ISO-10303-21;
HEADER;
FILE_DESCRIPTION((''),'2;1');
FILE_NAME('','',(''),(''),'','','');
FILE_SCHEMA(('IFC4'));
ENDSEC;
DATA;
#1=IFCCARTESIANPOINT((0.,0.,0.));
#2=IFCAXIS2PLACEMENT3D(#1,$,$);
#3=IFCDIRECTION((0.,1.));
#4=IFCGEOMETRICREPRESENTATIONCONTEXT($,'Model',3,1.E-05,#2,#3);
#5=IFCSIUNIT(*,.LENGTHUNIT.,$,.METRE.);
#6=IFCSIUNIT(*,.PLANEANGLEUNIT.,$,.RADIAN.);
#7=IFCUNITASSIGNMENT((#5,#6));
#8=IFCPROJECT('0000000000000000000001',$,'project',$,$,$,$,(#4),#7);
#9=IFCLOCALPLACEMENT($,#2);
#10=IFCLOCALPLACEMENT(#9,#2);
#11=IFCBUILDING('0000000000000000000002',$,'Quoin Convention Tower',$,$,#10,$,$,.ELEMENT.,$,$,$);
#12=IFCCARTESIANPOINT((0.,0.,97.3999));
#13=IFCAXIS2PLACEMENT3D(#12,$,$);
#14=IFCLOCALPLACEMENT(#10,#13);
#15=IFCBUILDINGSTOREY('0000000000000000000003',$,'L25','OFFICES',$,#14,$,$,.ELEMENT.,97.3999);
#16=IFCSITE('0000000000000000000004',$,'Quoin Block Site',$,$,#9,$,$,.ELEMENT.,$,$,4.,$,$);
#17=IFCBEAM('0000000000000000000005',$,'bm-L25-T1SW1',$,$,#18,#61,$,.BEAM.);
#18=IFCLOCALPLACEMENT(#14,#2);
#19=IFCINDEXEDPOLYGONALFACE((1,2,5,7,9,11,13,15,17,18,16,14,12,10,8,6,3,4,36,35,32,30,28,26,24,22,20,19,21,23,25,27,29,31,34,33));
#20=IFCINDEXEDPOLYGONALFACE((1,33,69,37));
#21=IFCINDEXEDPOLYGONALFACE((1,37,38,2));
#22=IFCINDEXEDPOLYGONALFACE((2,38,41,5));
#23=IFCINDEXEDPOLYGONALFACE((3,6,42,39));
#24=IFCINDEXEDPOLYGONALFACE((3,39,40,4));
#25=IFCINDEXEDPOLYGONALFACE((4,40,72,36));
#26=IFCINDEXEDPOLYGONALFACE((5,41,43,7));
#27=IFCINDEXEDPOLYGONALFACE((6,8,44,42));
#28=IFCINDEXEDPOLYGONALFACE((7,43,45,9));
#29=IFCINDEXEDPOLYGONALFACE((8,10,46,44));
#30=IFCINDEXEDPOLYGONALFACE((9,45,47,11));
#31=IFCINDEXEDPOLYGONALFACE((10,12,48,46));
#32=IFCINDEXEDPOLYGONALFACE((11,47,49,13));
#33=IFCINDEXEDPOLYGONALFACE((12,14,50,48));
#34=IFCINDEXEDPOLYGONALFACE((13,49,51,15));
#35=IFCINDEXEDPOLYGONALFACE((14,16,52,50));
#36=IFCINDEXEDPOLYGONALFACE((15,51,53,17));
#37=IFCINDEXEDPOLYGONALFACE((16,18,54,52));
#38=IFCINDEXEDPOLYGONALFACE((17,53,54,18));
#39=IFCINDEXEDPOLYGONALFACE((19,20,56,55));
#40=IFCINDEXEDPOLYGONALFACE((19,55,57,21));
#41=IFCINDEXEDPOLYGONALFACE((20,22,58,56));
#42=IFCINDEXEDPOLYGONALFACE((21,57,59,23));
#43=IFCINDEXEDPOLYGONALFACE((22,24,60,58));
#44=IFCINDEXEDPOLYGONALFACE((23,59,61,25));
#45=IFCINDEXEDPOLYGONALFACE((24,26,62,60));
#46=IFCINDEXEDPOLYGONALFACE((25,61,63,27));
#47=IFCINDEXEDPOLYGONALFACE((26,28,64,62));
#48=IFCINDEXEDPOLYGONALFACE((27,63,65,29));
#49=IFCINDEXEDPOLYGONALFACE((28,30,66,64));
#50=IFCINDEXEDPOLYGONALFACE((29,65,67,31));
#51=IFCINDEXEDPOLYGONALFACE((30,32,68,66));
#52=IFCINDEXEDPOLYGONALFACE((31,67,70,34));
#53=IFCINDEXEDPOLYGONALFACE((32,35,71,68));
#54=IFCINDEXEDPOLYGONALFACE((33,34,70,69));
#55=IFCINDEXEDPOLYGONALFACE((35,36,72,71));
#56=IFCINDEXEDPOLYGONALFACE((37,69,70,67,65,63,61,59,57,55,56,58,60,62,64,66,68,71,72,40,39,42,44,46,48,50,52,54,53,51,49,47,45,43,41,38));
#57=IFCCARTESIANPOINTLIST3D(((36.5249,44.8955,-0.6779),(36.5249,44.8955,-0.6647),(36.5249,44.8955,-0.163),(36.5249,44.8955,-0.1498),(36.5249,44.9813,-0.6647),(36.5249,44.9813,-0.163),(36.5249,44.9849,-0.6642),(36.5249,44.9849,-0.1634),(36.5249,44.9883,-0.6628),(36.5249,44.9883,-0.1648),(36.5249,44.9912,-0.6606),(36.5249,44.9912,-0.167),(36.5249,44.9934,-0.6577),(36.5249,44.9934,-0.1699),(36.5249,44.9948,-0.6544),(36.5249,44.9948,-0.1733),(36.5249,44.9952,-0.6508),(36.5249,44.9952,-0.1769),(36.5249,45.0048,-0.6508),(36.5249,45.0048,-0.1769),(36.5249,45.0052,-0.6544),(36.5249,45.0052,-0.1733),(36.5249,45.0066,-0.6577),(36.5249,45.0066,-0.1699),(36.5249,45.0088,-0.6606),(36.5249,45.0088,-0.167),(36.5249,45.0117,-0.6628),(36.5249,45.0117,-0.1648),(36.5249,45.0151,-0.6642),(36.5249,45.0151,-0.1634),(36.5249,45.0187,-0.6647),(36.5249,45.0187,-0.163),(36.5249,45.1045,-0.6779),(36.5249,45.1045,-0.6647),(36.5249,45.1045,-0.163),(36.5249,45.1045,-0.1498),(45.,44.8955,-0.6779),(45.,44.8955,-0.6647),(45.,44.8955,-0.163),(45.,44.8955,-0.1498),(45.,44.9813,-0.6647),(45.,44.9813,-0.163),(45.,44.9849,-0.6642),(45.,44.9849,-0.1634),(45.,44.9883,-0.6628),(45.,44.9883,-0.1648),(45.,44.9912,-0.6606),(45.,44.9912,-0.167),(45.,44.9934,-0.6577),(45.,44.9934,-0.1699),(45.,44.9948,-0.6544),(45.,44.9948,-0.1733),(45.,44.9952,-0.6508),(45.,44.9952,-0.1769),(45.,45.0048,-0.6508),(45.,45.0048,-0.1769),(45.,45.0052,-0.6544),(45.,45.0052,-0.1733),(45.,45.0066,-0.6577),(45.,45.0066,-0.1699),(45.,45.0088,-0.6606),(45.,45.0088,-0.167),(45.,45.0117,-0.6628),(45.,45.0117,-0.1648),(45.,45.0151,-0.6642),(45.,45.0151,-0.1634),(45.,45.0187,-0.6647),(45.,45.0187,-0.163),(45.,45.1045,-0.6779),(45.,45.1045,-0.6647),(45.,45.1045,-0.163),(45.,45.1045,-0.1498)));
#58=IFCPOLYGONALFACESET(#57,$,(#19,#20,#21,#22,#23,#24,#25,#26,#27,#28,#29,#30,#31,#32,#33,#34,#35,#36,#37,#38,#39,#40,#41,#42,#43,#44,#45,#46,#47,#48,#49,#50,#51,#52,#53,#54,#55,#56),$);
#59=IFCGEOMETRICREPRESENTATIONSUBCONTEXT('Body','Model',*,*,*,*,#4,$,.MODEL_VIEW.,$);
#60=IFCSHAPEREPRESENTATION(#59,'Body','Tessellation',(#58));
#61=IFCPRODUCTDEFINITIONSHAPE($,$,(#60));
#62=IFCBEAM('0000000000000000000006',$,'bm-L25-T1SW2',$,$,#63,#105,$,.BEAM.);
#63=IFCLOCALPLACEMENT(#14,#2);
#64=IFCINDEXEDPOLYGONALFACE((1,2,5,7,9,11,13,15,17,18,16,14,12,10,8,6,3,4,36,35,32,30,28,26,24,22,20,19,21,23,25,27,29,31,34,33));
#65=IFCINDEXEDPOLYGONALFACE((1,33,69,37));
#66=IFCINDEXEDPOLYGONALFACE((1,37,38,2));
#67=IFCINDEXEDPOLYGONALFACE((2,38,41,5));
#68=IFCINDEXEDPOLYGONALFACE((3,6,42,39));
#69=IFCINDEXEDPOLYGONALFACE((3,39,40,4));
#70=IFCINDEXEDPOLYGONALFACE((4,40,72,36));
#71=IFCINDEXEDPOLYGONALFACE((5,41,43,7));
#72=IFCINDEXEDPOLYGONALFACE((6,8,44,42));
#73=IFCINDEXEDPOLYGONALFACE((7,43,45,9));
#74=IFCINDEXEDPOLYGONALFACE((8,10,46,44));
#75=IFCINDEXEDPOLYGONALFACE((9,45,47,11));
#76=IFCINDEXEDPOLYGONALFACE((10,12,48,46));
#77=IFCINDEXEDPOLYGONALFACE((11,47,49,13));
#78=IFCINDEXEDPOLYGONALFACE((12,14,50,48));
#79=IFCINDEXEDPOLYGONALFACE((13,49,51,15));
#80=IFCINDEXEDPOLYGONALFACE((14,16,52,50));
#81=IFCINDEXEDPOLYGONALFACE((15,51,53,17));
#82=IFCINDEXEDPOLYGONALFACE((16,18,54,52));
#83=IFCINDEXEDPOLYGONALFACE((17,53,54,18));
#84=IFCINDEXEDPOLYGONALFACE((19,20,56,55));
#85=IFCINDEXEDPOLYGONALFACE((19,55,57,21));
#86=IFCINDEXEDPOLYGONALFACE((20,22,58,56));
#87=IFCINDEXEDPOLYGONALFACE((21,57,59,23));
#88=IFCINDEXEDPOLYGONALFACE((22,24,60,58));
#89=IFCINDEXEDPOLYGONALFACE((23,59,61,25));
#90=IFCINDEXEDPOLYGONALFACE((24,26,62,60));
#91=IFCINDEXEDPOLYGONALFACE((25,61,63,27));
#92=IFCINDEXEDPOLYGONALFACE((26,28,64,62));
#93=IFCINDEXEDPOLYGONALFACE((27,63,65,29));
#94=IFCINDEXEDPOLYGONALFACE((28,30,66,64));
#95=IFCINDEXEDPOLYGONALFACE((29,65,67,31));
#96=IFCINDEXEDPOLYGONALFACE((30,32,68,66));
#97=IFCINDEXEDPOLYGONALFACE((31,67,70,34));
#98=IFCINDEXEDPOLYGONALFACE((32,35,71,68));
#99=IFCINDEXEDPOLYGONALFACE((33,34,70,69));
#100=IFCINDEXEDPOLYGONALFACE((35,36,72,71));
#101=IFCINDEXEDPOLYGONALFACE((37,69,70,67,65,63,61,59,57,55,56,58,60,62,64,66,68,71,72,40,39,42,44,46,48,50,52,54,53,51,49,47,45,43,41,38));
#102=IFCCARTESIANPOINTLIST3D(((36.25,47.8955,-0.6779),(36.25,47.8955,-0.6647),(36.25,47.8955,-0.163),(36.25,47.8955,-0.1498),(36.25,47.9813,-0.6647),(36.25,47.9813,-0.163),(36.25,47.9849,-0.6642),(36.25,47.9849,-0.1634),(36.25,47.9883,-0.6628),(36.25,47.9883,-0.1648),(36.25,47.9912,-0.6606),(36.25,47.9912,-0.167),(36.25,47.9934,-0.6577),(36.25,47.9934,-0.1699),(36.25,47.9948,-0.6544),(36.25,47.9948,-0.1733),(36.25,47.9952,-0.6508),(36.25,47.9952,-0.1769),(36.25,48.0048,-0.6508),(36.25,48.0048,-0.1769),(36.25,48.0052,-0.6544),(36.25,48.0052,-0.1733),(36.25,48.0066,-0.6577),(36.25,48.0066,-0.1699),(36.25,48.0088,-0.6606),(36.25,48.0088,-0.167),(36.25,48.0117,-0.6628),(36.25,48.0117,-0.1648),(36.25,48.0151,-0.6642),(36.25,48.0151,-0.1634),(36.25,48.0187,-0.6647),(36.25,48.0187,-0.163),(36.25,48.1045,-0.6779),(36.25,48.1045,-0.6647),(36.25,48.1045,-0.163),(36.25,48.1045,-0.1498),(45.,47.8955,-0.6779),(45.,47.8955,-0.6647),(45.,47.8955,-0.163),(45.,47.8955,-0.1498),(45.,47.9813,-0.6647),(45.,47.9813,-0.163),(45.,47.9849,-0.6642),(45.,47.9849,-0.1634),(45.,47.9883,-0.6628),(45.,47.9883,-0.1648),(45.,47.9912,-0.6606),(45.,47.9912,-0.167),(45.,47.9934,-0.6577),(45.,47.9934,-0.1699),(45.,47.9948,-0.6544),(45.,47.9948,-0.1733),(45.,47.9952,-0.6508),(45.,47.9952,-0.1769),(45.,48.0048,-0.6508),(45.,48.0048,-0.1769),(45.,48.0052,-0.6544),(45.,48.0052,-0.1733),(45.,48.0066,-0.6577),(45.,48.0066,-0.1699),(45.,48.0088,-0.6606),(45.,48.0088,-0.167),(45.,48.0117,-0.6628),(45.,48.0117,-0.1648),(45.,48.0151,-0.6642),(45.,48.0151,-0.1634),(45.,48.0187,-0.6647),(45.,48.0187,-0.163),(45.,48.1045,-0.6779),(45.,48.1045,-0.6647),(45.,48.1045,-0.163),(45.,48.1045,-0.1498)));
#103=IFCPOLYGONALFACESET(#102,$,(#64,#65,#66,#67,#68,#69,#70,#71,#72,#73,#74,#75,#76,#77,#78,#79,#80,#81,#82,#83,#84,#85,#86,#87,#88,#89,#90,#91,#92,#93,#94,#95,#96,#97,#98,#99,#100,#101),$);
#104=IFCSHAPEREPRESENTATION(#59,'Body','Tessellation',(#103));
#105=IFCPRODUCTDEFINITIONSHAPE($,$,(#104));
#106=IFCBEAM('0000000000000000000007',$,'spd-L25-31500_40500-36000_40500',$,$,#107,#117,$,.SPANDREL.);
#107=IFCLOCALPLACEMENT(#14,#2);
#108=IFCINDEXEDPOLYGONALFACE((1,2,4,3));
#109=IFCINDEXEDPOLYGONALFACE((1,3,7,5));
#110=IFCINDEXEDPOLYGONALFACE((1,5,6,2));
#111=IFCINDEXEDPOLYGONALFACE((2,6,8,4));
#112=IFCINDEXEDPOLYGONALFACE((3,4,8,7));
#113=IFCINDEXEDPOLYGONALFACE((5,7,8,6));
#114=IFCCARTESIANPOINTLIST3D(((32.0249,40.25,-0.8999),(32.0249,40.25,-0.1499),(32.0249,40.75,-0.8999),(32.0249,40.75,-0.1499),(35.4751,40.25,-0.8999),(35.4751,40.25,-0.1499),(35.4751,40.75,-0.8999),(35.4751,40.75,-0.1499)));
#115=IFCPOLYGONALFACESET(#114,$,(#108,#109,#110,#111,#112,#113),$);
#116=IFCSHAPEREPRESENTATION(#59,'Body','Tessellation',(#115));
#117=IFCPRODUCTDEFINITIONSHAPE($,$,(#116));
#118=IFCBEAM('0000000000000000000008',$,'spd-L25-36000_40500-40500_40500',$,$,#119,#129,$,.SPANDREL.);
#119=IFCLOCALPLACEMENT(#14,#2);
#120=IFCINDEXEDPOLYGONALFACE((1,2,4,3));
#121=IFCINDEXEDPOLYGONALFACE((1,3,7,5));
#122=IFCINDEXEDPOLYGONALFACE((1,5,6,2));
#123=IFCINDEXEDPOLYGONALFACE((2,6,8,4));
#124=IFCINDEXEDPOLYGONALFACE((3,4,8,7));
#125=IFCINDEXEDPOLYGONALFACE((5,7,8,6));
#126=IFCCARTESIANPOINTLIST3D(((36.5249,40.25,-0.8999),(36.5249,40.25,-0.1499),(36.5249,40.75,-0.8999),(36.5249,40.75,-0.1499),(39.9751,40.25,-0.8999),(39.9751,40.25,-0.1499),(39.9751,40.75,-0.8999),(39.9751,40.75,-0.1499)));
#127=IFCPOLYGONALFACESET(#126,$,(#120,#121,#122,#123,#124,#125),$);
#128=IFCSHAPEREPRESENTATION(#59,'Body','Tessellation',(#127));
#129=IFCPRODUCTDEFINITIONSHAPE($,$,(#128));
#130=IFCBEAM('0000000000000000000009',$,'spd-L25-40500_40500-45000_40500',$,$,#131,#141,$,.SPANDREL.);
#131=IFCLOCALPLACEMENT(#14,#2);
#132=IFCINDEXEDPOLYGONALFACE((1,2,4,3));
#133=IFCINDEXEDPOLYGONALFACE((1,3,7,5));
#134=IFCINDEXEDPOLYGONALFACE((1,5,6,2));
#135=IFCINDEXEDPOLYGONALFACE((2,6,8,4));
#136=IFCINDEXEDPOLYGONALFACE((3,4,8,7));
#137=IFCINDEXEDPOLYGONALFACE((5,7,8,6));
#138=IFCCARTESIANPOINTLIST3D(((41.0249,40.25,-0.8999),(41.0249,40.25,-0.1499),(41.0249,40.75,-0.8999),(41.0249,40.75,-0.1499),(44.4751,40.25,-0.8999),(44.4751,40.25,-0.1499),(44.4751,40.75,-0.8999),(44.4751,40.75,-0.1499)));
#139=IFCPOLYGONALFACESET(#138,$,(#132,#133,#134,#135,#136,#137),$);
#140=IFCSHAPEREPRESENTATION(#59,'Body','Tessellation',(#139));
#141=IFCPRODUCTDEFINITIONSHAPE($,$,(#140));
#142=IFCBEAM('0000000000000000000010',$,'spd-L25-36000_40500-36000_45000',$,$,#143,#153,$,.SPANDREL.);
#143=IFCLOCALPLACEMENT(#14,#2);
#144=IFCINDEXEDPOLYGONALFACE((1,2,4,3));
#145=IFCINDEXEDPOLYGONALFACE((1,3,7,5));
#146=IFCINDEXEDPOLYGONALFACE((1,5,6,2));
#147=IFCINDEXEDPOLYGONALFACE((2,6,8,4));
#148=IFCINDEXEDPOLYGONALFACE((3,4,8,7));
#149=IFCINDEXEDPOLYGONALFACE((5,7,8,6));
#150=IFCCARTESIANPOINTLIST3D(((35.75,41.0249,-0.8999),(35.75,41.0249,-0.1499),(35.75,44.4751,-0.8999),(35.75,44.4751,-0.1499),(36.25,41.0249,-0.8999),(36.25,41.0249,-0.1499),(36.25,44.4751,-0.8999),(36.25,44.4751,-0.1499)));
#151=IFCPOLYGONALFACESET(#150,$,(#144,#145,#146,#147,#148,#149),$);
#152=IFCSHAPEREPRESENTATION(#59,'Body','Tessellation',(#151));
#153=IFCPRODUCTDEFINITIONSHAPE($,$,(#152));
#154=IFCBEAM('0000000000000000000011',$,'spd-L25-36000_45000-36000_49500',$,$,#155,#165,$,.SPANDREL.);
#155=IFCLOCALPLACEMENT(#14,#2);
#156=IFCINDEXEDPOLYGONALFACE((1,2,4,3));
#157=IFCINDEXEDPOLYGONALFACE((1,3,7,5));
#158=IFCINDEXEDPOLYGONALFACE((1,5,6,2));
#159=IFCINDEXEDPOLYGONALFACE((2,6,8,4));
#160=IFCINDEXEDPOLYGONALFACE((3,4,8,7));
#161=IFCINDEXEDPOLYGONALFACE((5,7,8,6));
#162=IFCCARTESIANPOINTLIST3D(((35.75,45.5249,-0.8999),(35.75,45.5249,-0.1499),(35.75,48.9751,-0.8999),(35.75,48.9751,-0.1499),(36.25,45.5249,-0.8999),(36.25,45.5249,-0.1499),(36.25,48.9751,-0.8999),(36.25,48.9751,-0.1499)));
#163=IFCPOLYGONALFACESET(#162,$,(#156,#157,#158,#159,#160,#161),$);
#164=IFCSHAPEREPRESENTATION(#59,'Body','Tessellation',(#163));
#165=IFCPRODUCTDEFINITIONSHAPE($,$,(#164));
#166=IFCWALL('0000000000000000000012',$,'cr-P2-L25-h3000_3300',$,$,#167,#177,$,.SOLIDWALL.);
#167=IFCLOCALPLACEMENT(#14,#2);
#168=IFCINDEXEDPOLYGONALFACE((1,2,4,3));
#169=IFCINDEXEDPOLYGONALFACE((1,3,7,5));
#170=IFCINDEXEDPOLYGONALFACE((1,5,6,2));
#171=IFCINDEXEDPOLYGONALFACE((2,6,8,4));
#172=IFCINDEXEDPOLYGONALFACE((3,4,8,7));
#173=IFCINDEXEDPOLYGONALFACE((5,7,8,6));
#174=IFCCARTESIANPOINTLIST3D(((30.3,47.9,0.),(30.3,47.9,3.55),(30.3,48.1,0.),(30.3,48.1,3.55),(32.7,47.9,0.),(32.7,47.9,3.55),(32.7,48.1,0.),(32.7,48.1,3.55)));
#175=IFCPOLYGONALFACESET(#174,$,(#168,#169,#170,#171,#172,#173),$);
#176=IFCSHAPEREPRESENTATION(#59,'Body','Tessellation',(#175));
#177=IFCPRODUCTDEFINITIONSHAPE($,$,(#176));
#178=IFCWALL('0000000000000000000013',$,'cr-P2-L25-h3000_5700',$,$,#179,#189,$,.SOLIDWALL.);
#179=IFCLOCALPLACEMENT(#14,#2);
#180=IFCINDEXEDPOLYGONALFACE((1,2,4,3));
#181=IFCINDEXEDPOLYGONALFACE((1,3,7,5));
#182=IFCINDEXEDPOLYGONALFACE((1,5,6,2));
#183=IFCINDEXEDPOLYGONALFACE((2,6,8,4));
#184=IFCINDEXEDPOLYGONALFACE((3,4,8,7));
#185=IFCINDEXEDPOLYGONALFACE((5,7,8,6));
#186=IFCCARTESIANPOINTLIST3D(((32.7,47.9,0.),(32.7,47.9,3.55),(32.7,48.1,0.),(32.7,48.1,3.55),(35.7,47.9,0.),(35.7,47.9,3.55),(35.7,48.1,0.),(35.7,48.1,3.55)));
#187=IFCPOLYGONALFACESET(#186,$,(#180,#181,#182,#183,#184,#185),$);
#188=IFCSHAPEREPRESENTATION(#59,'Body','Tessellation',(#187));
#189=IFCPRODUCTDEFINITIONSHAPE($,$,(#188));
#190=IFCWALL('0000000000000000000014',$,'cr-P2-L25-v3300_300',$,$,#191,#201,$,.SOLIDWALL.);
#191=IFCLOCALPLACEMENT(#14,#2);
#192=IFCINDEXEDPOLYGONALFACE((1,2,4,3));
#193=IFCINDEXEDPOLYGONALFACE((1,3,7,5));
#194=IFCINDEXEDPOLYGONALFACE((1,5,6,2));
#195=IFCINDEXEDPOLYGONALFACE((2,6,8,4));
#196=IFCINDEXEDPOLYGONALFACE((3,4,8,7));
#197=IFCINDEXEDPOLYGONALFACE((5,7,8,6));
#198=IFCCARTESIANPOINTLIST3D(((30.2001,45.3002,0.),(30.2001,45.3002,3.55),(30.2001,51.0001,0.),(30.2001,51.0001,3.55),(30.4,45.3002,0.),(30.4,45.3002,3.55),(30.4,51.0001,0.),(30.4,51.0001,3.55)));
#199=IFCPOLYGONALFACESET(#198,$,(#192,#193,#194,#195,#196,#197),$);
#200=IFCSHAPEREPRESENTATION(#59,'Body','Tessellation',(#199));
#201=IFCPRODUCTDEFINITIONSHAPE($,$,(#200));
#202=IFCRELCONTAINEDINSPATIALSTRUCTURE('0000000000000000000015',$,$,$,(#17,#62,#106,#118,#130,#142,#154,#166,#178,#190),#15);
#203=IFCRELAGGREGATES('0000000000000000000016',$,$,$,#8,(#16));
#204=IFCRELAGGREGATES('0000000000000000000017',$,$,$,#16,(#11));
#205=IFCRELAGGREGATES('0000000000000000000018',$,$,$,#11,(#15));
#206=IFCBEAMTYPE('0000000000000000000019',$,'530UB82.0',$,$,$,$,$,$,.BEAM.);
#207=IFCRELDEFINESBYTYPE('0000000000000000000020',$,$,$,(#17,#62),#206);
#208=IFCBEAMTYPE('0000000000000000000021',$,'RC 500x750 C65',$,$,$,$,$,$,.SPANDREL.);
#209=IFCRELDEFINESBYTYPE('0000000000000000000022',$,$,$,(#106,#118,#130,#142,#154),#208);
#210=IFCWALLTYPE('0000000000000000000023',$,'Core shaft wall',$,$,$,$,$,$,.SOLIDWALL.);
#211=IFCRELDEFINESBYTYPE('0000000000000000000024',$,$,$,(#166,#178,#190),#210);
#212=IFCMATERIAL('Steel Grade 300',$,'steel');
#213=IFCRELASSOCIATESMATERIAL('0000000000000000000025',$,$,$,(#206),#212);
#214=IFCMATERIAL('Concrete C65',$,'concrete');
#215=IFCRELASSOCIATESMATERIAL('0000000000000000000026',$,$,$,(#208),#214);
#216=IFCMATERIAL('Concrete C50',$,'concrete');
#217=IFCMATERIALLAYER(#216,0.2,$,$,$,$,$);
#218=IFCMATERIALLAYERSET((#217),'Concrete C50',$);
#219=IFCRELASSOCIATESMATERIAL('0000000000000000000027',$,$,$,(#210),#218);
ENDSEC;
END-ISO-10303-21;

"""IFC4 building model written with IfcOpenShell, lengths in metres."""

from ifc_helpers import new_model, si_unit, direction, frame, frame_2d, origin, origin_2d, place, context, subcontext, project, spatial, rectangle, i_section, extrude, material, layer, layer_set, material_profile, profile_set, type_object, element, save


model = new_model("IFC4")

# Units and contexts
model_context = context("Model", 3, precision=1e-05, world=origin(), true_north=direction((0.0, 1.0)))
body_context = subcontext(model_context, "Body", "Model", "MODEL_VIEW")
ifc_project = project(units=[si_unit("LENGTHUNIT", "METRE"), si_unit("PLANEANGLEUNIT", "RADIAN")], contexts=[model_context])

# Site, building, storey
site_placement = place(None, origin())
site = spatial("IfcSite", under=ifc_project, at=site_placement, Name="Quoin Block Site", CompositionType="ELEMENT", RefElevation=4.0)
building_placement = place(site_placement, origin())
building = spatial("IfcBuilding", under=site, at=building_placement, Name="Quoin Convention Tower", CompositionType="ELEMENT")
storey_placement = place(building_placement, frame((0.0, 0.0, 97.3999)))
storey = spatial("IfcBuildingStorey", under=building, at=storey_placement, Name="L25", Description="OFFICES", CompositionType="ELEMENT", Elevation=97.3999)

# Shared definitions
ifc_material_1 = material(Name="Concrete C65", Category="concrete")

# Beams
ifc_material_2 = material(Name="Steel Grade 300", Category="steel")
ifc_material_profile_1 = material_profile(ifc_material_2, i_section(OverallWidth=0.209, OverallDepth=0.5281, WebThickness=0.0095, FlangeThickness=0.0132, FilletRadius=0.0139, at=origin_2d()), Name="530UB82.0")
ifc_profile_set_1 = profile_set([ifc_material_profile_1], Name="Steel Grade 300")
beam_type_1 = type_object("IfcBeamType", Name="530UB82.0", PredefinedType="BEAM", material=ifc_profile_set_1)
beam_1_placement = place(storey_placement, frame((36.5249, 45.0, -0.4138), z_axis=(1.0, 0.0, 0.0), x_axis=(0.0, 1.0, 0.0)))
element("IfcBeam", 1, at=beam_1_placement, inside=storey, type_object=beam_type_1, Name="bm-L25-T1SW1", PredefinedType="BEAM", context=body_context, shape_type="SweptSolid", body=[
    extrude(i_section(OverallWidth=0.209, OverallDepth=0.5281, WebThickness=0.0095, FlangeThickness=0.0132, FilletRadius=0.0139, at=origin_2d()), origin(), (0.0, 0.0, 1.0), 8.4751),
])
beam_2_placement = place(storey_placement, frame((36.25, 48.0, -0.4138), z_axis=(1.0, 0.0, 0.0), x_axis=(0.0, 1.0, 0.0)))
element("IfcBeam", 2, at=beam_2_placement, inside=storey, type_object=beam_type_1, Name="bm-L25-T1SW2", PredefinedType="BEAM", context=body_context, shape_type="SweptSolid", body=[
    extrude(i_section(OverallWidth=0.209, OverallDepth=0.5281, WebThickness=0.0095, FlangeThickness=0.0132, FilletRadius=0.0139, at=origin_2d()), origin(), (0.0, 0.0, 1.0), 8.75),
])
ifc_material_profile_2 = material_profile(ifc_material_1, rectangle(XDim=0.5, YDim=0.75, at=origin_2d()), Name="RC 500x750")
ifc_profile_set_2 = profile_set([ifc_material_profile_2], Name="Concrete C65")
beam_type_2 = type_object("IfcBeamType", Name="RC 500x750 C65", PredefinedType="SPANDREL", material=ifc_profile_set_2)
for number, where, z_axis, x_axis, name in (
    (3, (32.0249, 40.5, -0.5249), (1.0, 0.0, 0.0), (0.0, 1.0, 0.0), "spd-L25-31500_40500-36000_40500"),
    (4, (36.5249, 40.5, -0.5249), (1.0, 0.0, 0.0), (0.0, 1.0, 0.0), "spd-L25-36000_40500-40500_40500"),
    (5, (41.0249, 40.5, -0.5249), (1.0, 0.0, 0.0), (0.0, 1.0, 0.0), "spd-L25-40500_40500-45000_40500"),
    (6, (36.0, 41.0249, -0.5249), (0.0, 1.0, 0.0), (-1.0, 0.0, 0.0), "spd-L25-36000_40500-36000_45000"),
    (7, (36.0, 45.5249, -0.5249), (0.0, 1.0, 0.0), (-1.0, 0.0, 0.0), "spd-L25-36000_45000-36000_49500"),
):
    element("IfcBeam", number, at=place(storey_placement, frame(where, z_axis=z_axis, x_axis=x_axis)), inside=storey, type_object=beam_type_2, Name=name, PredefinedType="SPANDREL", context=body_context, shape_type="SweptSolid", body=[
        extrude(rectangle(XDim=0.5, YDim=0.75, at=origin_2d()), origin(), (0.0, 0.0, 1.0), 3.4502),
    ])

# Walls
ifc_material_3 = material(Name="Concrete C50", Category="concrete")
ifc_layer_1 = layer(ifc_material_3, 0.2)
ifc_layer_set_1 = layer_set([ifc_layer_1], Name="Concrete C50")
wall_type_1 = type_object("IfcWallType", Name="Core shaft wall", PredefinedType="SOLIDWALL", material=ifc_layer_set_1)
wall_1_placement = place(storey_placement, frame((30.3, 48.0, 0.0), z_axis=(0.0, 0.0, 1.0), x_axis=(1.0, 0.0, 0.0)))
element("IfcWall", 8, at=wall_1_placement, inside=storey, type_object=wall_type_1, Name="cr-P2-L25-h3000_3300", PredefinedType="SOLIDWALL", context=body_context, shape_type="SweptSolid", body=[
    extrude(rectangle(XDim=2.3999, YDim=0.2, at=frame_2d((1.2, 0.0))), origin(), (0.0, 0.0, 1.0), 3.55),
])
wall_2_placement = place(storey_placement, frame((32.7, 48.0, 0.0), z_axis=(0.0, 0.0, 1.0), x_axis=(1.0, 0.0, 0.0)))
element("IfcWall", 9, at=wall_2_placement, inside=storey, type_object=wall_type_1, Name="cr-P2-L25-h3000_5700", PredefinedType="SOLIDWALL", context=body_context, shape_type="SweptSolid", body=[
    extrude(rectangle(XDim=3.0, YDim=0.2, at=frame_2d((1.5, 0.0))), origin(), (0.0, 0.0, 1.0), 3.55),
])
for number, where, z_axis, x_axis, name in (
    (10, (30.3, 45.3, 0.0), (0.0, 0.0, 1.0), (0.0, 1.0, 0.0), "cr-P2-L25-v3300_300"),
):
    element("IfcWall", number, at=place(storey_placement, frame(where, z_axis=z_axis, x_axis=x_axis)), inside=storey, type_object=wall_type_1, Name=name, PredefinedType="SOLIDWALL", context=body_context, shape_type="SweptSolid", body=[
        extrude(rectangle(XDim=5.7, YDim=0.2, at=frame_2d((2.8501, 0.0))), origin(), (0.0, 0.0, 1.0), 3.55),
    ])

save(model, "model.ifc")
